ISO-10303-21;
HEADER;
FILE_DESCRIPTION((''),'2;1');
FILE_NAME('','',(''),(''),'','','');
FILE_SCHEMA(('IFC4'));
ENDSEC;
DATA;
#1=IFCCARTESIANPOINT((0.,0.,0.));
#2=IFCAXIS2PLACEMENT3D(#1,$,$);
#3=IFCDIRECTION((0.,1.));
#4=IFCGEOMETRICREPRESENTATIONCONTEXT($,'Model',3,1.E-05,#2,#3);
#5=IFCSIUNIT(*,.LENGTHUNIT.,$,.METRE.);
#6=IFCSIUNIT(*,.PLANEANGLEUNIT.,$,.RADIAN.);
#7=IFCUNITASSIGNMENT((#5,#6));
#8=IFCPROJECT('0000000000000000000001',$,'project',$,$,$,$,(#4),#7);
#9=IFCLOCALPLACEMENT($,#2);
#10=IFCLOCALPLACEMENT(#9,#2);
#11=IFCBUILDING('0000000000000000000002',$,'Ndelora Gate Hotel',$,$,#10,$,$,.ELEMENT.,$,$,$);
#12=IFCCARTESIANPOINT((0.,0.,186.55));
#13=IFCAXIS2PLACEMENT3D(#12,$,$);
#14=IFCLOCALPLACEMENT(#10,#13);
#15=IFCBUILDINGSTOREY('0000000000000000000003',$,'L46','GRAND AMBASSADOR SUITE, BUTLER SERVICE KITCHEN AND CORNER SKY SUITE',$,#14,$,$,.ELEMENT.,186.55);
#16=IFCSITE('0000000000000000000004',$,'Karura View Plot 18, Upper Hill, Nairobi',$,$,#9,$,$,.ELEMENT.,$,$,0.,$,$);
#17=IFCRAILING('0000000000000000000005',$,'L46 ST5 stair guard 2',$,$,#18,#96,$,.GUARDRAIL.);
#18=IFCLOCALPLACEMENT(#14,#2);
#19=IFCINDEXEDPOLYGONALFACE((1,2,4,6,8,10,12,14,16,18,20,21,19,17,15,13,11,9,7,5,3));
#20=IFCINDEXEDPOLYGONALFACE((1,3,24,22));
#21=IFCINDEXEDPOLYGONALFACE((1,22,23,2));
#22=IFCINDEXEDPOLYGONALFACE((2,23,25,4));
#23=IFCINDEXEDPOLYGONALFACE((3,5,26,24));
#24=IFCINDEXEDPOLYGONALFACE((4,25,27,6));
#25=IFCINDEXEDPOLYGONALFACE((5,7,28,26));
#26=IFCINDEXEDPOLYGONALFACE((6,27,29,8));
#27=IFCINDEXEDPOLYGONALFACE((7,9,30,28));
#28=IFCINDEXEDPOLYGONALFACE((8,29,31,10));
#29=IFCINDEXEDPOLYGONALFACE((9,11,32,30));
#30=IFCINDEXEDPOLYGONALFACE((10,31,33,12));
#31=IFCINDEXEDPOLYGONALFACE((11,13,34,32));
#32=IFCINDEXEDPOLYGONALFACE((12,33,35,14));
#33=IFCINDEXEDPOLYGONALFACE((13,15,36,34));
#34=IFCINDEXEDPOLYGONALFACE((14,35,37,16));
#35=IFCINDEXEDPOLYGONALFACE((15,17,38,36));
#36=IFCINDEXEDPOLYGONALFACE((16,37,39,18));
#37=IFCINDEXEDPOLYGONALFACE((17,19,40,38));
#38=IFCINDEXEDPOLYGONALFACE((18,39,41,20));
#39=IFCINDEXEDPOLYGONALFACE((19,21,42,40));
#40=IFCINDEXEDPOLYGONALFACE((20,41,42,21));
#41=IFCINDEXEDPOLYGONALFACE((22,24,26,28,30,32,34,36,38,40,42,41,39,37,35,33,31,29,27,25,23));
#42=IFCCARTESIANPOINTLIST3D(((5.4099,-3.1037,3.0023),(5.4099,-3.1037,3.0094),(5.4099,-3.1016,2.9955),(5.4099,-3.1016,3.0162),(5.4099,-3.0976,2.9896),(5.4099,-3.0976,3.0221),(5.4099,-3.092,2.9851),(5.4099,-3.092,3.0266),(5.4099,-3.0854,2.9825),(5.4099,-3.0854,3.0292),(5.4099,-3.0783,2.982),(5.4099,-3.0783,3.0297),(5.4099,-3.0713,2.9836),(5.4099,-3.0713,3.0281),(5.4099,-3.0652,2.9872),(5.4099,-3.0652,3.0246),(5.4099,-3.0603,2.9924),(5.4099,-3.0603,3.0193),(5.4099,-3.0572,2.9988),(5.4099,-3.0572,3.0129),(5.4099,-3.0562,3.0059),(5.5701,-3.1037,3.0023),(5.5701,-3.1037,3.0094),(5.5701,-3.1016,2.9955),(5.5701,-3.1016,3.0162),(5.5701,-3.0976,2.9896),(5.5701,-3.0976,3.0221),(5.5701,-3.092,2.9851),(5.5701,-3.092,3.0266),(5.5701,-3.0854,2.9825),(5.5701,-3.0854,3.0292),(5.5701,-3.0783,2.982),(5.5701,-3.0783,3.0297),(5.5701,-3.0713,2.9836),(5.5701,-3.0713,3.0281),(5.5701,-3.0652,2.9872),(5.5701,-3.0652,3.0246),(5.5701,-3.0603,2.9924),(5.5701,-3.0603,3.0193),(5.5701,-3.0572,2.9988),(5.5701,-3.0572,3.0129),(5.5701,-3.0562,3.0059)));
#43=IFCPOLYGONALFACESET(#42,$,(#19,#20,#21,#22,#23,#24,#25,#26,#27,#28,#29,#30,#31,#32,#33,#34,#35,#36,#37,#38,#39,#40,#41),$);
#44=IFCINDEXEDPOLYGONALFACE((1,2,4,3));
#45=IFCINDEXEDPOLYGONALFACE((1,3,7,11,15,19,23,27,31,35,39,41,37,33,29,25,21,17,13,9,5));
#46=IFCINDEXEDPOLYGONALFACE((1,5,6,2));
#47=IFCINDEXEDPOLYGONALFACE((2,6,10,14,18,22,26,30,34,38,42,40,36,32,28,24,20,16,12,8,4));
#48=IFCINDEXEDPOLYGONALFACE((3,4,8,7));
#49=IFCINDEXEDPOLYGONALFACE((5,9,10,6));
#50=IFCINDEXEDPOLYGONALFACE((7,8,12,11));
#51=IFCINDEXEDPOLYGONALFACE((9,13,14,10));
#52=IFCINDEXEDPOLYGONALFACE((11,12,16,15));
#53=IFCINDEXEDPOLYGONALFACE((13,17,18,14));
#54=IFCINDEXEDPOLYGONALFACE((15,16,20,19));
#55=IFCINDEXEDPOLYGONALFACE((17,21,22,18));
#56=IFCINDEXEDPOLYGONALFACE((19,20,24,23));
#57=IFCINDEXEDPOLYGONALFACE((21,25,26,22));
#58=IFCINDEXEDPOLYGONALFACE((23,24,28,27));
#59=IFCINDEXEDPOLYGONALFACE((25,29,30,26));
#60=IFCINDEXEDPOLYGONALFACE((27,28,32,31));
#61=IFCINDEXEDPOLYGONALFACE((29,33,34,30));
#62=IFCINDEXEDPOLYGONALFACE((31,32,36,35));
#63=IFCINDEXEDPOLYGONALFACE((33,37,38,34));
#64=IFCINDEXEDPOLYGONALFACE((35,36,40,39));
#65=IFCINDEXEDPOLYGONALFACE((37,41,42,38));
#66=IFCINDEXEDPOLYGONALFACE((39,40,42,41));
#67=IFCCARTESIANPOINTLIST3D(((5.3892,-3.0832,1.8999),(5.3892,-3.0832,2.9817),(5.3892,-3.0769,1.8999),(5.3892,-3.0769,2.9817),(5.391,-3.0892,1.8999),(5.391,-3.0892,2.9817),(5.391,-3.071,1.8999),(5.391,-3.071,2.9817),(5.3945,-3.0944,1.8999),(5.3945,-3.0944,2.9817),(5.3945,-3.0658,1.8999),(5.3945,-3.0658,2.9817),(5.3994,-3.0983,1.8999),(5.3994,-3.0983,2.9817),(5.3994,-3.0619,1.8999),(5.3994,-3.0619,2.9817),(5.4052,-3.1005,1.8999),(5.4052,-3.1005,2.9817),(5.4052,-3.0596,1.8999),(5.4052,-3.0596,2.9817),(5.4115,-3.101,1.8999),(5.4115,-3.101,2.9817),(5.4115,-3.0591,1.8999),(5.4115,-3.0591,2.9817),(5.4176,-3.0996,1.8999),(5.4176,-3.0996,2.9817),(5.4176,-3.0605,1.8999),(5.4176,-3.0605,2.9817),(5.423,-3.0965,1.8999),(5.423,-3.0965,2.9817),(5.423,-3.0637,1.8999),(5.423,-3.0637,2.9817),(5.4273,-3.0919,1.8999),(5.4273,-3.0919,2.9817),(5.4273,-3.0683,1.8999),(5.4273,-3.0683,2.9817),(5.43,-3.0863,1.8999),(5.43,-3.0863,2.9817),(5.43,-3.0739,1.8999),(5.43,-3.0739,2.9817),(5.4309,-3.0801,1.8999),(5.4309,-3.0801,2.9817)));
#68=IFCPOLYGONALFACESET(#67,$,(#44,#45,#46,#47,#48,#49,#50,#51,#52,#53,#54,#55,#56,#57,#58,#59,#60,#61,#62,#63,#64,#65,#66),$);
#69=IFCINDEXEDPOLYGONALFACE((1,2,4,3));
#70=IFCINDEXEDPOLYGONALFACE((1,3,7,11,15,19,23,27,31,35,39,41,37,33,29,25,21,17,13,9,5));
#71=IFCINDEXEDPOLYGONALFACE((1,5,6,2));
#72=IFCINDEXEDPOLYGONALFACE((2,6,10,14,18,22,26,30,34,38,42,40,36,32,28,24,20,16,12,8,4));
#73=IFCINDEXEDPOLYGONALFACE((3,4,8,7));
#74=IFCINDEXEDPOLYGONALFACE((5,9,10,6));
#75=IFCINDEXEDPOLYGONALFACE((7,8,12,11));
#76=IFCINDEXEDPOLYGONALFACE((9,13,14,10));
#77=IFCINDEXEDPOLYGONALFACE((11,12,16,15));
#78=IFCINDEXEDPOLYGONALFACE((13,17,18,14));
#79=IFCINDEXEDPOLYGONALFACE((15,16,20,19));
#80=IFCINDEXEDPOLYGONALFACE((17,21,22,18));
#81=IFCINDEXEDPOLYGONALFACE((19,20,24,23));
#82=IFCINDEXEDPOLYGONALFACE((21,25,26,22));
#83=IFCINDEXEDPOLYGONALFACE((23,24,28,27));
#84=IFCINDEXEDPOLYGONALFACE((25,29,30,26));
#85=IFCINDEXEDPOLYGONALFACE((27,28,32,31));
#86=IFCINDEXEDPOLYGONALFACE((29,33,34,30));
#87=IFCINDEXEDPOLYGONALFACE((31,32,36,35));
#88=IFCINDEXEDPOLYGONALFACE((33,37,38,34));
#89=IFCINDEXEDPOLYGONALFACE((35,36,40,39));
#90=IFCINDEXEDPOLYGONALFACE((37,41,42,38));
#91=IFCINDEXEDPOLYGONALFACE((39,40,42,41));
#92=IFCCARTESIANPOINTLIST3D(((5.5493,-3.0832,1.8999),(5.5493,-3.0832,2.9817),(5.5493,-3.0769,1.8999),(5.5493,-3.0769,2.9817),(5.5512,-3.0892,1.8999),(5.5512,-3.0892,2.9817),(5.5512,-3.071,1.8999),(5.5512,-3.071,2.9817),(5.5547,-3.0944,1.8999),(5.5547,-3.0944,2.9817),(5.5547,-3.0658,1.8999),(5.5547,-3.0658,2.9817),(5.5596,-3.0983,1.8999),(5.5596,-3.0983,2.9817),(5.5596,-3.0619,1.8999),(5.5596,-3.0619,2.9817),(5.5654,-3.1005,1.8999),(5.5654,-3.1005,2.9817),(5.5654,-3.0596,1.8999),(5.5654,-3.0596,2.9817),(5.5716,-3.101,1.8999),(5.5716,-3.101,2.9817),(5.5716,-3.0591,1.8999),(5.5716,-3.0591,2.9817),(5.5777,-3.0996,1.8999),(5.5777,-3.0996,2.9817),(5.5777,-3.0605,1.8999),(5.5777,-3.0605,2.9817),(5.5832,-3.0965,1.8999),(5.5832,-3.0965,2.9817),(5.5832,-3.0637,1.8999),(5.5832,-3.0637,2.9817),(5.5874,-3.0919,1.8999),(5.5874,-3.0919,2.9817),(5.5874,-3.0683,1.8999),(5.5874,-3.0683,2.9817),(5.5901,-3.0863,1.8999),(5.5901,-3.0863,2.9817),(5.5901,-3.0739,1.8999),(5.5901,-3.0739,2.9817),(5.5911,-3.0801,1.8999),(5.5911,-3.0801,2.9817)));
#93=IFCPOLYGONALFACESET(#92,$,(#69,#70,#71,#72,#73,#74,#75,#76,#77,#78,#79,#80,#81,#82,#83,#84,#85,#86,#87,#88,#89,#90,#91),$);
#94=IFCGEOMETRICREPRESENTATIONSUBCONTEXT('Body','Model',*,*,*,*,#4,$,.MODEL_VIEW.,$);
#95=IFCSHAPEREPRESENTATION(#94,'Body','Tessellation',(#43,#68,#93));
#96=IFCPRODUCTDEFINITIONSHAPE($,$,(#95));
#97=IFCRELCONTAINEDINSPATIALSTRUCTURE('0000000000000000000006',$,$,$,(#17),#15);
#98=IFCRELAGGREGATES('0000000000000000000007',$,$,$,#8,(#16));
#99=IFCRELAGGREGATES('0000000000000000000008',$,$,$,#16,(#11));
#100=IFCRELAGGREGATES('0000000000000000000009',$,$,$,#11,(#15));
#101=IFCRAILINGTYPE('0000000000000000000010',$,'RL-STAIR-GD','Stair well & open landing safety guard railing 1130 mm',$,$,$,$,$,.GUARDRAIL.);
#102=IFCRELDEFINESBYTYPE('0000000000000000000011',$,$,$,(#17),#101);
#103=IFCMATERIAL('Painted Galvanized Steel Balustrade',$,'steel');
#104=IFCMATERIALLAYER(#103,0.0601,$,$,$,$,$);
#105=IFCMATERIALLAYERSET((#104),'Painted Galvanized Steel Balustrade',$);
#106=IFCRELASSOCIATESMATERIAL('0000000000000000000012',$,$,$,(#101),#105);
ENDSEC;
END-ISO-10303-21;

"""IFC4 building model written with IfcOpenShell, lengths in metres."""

from ifc_helpers import new_model, si_unit, direction, frame, origin, origin_2d, place, context, subcontext, project, spatial, circle, extrude, material, layer, layer_set, type_object, element, save


model = new_model("IFC4")

# Units and contexts
model_context = context("Model", 3, precision=1e-05, world=origin(), true_north=direction((0.0, 1.0)))
body_context = subcontext(model_context, "Body", "Model", "MODEL_VIEW")
ifc_project = project(units=[si_unit("LENGTHUNIT", "METRE"), si_unit("PLANEANGLEUNIT", "RADIAN")], contexts=[model_context])

# Site, building, storey
site_placement = place(None, origin())
site = spatial("IfcSite", under=ifc_project, at=site_placement, Name="Karura View Plot 18, Upper Hill, Nairobi", CompositionType="ELEMENT", RefElevation=0.0)
building_placement = place(site_placement, origin())
building = spatial("IfcBuilding", under=site, at=building_placement, Name="Ndelora Gate Hotel", CompositionType="ELEMENT")
storey_placement = place(building_placement, frame((0.0, 0.0, 186.55)))
storey = spatial("IfcBuildingStorey", under=building, at=storey_placement, Name="L46", Description="GRAND AMBASSADOR SUITE, BUTLER SERVICE KITCHEN AND CORNER SKY SUITE", CompositionType="ELEMENT", Elevation=186.55)

# Railing
ifc_material_1 = material(Name="Painted Galvanized Steel Balustrade", Category="steel")
ifc_layer_1 = layer(ifc_material_1, 0.0601)
ifc_layer_set_1 = layer_set([ifc_layer_1], Name="Painted Galvanized Steel Balustrade")
railing_type_1 = type_object("IfcRailingType", Name="RL-STAIR-GD", Description="Stair well & open landing safety guard railing 1130 mm", PredefinedType="GUARDRAIL", material=ifc_layer_set_1)
railing_1_placement = place(storey_placement, frame((5.4099, -3.0801, 1.8999)))
element("IfcRailing", 1, at=railing_1_placement, inside=storey, type_object=railing_type_1, Name="L46 ST5 stair guard 2", PredefinedType="GUARDRAIL", context=body_context, shape_type="SweptSolid", body=[
    extrude(circle(Radius=0.0239, at=origin_2d()), frame((0.0, 0.0, 1.106), z_axis=(1.0, 0.0, 0.0), x_axis=(0.0, 1.0, 0.0)), (0.0, 0.0, 1.0), 0.1602),
    extrude(circle(Radius=0.021, at=origin_2d()), origin(), (0.0, 0.0, 1.0), 1.0818),
    extrude(circle(Radius=0.021, at=origin_2d()), frame((0.1602, 0.0, 0.0)), (0.0, 0.0, 1.0), 1.0818),
])

save(model, "model.ifc")
